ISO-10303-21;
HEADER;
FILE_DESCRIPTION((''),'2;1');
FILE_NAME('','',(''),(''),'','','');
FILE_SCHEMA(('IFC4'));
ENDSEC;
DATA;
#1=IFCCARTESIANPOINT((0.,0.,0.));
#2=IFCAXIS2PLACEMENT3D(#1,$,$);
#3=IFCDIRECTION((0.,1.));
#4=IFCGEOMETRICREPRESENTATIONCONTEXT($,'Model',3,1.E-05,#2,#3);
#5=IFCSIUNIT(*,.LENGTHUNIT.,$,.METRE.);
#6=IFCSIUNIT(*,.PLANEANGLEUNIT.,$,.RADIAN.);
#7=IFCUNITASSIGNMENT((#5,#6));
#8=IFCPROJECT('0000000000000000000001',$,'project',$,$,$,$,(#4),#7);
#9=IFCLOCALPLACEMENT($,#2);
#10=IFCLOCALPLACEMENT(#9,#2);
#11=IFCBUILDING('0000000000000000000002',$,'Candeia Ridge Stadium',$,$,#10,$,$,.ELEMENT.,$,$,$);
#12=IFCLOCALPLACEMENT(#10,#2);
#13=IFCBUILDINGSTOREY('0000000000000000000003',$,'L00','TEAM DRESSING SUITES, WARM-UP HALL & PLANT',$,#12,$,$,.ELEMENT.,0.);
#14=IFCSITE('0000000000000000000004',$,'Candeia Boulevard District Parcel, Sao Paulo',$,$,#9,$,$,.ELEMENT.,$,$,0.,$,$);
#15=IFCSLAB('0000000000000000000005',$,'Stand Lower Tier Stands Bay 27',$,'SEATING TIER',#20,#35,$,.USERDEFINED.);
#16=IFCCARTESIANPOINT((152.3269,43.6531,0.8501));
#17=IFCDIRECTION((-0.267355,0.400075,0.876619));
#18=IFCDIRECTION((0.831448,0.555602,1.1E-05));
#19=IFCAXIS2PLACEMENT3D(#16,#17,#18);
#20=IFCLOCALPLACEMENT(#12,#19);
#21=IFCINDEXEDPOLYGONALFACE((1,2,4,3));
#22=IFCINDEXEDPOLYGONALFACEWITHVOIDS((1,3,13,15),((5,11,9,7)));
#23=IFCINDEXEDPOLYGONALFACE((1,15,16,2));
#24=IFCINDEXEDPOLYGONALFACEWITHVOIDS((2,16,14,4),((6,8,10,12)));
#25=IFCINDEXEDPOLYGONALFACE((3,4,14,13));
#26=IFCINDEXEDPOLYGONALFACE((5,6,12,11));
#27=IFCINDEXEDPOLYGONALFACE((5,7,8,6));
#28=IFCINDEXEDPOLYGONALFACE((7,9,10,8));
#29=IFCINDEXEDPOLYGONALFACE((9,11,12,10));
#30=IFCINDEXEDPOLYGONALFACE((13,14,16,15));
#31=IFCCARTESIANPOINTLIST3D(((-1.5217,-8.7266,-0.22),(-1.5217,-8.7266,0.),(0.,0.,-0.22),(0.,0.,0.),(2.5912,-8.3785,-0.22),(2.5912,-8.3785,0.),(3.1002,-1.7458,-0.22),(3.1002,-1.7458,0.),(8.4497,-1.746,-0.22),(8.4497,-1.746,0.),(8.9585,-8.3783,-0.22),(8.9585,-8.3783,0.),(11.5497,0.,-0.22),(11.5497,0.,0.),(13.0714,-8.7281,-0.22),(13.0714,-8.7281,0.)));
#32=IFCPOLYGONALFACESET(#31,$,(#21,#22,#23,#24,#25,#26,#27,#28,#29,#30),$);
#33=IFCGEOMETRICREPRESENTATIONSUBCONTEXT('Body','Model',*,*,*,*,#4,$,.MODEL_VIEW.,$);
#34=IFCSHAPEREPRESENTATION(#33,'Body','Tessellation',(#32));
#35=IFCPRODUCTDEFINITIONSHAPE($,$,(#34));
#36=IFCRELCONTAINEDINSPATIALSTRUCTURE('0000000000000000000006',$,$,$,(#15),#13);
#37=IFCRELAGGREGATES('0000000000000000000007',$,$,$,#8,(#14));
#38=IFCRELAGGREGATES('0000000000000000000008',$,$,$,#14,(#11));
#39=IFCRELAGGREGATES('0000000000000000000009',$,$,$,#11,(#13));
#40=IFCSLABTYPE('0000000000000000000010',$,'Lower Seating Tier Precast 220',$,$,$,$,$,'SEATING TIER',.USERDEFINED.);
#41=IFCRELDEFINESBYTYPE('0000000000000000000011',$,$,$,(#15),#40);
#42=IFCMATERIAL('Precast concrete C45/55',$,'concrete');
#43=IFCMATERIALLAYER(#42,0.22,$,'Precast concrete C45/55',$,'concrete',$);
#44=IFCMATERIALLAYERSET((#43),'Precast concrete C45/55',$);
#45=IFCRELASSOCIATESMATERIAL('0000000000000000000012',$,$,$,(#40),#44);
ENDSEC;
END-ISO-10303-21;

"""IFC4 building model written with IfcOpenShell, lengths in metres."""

from ifc_helpers import new_model, si_unit, direction, frame, origin, place, context, subcontext, project, spatial, polyline, outline, extrude, material, layer, layer_set, type_object, element, save


model = new_model("IFC4")

# Units and contexts
model_context = context("Model", 3, precision=1e-05, world=origin(), true_north=direction((0.0, 1.0)))
body_context = subcontext(model_context, "Body", "Model", "MODEL_VIEW")
ifc_project = project(units=[si_unit("LENGTHUNIT", "METRE"), si_unit("PLANEANGLEUNIT", "RADIAN")], contexts=[model_context])

# Site, building, storey
site_placement = place(None, origin())
site = spatial("IfcSite", under=ifc_project, at=site_placement, Name="Candeia Boulevard District Parcel, Sao Paulo", CompositionType="ELEMENT", RefElevation=0.0)
building_placement = place(site_placement, origin())
building = spatial("IfcBuilding", under=site, at=building_placement, Name="Candeia Ridge Stadium", CompositionType="ELEMENT")
storey_placement = place(building_placement, origin())
storey = spatial("IfcBuildingStorey", under=building, at=storey_placement, Name="L00", Description="TEAM DRESSING SUITES, WARM-UP HALL & PLANT", CompositionType="ELEMENT", Elevation=0.0)

# Slab
ifc_material_1 = material(Name="Precast concrete C45/55", Category="concrete")
ifc_layer_1 = layer(ifc_material_1, 0.22, Name="Precast concrete C45/55", Category="concrete")
ifc_layer_set_1 = layer_set([ifc_layer_1], Name="Precast concrete C45/55")
slab_type = type_object("IfcSlabType", Name="Lower Seating Tier Precast 220", ElementType="SEATING TIER", PredefinedType="USERDEFINED", material=ifc_layer_set_1)
slab_1_placement = place(storey_placement, frame((152.3269, 43.6531, 0.8501), z_axis=(-0.267355, 0.400075, 0.876619), x_axis=(0.831448, 0.555602, 0.000011)))
element("IfcSlab", 1, at=slab_1_placement, inside=storey, type_object=slab_type, Name="Stand Lower Tier Stands Bay 27", ObjectType="SEATING TIER", PredefinedType="USERDEFINED", context=body_context, shape_type="SweptSolid", body=[
    extrude(outline(polyline([(0.0, 0.0), (11.5497, 0.0), (13.0714, -8.7281), (-1.5217, -8.7266), (0.0, 0.0)]), holes=[polyline([(3.1002, -1.7458), (8.4497, -1.746), (8.9585, -8.3783), (2.5912, -8.3785), (3.1002, -1.7458)])]), origin(), (0.0, 0.0, -1.0), 0.22),
])

save(model, "model.ifc")
